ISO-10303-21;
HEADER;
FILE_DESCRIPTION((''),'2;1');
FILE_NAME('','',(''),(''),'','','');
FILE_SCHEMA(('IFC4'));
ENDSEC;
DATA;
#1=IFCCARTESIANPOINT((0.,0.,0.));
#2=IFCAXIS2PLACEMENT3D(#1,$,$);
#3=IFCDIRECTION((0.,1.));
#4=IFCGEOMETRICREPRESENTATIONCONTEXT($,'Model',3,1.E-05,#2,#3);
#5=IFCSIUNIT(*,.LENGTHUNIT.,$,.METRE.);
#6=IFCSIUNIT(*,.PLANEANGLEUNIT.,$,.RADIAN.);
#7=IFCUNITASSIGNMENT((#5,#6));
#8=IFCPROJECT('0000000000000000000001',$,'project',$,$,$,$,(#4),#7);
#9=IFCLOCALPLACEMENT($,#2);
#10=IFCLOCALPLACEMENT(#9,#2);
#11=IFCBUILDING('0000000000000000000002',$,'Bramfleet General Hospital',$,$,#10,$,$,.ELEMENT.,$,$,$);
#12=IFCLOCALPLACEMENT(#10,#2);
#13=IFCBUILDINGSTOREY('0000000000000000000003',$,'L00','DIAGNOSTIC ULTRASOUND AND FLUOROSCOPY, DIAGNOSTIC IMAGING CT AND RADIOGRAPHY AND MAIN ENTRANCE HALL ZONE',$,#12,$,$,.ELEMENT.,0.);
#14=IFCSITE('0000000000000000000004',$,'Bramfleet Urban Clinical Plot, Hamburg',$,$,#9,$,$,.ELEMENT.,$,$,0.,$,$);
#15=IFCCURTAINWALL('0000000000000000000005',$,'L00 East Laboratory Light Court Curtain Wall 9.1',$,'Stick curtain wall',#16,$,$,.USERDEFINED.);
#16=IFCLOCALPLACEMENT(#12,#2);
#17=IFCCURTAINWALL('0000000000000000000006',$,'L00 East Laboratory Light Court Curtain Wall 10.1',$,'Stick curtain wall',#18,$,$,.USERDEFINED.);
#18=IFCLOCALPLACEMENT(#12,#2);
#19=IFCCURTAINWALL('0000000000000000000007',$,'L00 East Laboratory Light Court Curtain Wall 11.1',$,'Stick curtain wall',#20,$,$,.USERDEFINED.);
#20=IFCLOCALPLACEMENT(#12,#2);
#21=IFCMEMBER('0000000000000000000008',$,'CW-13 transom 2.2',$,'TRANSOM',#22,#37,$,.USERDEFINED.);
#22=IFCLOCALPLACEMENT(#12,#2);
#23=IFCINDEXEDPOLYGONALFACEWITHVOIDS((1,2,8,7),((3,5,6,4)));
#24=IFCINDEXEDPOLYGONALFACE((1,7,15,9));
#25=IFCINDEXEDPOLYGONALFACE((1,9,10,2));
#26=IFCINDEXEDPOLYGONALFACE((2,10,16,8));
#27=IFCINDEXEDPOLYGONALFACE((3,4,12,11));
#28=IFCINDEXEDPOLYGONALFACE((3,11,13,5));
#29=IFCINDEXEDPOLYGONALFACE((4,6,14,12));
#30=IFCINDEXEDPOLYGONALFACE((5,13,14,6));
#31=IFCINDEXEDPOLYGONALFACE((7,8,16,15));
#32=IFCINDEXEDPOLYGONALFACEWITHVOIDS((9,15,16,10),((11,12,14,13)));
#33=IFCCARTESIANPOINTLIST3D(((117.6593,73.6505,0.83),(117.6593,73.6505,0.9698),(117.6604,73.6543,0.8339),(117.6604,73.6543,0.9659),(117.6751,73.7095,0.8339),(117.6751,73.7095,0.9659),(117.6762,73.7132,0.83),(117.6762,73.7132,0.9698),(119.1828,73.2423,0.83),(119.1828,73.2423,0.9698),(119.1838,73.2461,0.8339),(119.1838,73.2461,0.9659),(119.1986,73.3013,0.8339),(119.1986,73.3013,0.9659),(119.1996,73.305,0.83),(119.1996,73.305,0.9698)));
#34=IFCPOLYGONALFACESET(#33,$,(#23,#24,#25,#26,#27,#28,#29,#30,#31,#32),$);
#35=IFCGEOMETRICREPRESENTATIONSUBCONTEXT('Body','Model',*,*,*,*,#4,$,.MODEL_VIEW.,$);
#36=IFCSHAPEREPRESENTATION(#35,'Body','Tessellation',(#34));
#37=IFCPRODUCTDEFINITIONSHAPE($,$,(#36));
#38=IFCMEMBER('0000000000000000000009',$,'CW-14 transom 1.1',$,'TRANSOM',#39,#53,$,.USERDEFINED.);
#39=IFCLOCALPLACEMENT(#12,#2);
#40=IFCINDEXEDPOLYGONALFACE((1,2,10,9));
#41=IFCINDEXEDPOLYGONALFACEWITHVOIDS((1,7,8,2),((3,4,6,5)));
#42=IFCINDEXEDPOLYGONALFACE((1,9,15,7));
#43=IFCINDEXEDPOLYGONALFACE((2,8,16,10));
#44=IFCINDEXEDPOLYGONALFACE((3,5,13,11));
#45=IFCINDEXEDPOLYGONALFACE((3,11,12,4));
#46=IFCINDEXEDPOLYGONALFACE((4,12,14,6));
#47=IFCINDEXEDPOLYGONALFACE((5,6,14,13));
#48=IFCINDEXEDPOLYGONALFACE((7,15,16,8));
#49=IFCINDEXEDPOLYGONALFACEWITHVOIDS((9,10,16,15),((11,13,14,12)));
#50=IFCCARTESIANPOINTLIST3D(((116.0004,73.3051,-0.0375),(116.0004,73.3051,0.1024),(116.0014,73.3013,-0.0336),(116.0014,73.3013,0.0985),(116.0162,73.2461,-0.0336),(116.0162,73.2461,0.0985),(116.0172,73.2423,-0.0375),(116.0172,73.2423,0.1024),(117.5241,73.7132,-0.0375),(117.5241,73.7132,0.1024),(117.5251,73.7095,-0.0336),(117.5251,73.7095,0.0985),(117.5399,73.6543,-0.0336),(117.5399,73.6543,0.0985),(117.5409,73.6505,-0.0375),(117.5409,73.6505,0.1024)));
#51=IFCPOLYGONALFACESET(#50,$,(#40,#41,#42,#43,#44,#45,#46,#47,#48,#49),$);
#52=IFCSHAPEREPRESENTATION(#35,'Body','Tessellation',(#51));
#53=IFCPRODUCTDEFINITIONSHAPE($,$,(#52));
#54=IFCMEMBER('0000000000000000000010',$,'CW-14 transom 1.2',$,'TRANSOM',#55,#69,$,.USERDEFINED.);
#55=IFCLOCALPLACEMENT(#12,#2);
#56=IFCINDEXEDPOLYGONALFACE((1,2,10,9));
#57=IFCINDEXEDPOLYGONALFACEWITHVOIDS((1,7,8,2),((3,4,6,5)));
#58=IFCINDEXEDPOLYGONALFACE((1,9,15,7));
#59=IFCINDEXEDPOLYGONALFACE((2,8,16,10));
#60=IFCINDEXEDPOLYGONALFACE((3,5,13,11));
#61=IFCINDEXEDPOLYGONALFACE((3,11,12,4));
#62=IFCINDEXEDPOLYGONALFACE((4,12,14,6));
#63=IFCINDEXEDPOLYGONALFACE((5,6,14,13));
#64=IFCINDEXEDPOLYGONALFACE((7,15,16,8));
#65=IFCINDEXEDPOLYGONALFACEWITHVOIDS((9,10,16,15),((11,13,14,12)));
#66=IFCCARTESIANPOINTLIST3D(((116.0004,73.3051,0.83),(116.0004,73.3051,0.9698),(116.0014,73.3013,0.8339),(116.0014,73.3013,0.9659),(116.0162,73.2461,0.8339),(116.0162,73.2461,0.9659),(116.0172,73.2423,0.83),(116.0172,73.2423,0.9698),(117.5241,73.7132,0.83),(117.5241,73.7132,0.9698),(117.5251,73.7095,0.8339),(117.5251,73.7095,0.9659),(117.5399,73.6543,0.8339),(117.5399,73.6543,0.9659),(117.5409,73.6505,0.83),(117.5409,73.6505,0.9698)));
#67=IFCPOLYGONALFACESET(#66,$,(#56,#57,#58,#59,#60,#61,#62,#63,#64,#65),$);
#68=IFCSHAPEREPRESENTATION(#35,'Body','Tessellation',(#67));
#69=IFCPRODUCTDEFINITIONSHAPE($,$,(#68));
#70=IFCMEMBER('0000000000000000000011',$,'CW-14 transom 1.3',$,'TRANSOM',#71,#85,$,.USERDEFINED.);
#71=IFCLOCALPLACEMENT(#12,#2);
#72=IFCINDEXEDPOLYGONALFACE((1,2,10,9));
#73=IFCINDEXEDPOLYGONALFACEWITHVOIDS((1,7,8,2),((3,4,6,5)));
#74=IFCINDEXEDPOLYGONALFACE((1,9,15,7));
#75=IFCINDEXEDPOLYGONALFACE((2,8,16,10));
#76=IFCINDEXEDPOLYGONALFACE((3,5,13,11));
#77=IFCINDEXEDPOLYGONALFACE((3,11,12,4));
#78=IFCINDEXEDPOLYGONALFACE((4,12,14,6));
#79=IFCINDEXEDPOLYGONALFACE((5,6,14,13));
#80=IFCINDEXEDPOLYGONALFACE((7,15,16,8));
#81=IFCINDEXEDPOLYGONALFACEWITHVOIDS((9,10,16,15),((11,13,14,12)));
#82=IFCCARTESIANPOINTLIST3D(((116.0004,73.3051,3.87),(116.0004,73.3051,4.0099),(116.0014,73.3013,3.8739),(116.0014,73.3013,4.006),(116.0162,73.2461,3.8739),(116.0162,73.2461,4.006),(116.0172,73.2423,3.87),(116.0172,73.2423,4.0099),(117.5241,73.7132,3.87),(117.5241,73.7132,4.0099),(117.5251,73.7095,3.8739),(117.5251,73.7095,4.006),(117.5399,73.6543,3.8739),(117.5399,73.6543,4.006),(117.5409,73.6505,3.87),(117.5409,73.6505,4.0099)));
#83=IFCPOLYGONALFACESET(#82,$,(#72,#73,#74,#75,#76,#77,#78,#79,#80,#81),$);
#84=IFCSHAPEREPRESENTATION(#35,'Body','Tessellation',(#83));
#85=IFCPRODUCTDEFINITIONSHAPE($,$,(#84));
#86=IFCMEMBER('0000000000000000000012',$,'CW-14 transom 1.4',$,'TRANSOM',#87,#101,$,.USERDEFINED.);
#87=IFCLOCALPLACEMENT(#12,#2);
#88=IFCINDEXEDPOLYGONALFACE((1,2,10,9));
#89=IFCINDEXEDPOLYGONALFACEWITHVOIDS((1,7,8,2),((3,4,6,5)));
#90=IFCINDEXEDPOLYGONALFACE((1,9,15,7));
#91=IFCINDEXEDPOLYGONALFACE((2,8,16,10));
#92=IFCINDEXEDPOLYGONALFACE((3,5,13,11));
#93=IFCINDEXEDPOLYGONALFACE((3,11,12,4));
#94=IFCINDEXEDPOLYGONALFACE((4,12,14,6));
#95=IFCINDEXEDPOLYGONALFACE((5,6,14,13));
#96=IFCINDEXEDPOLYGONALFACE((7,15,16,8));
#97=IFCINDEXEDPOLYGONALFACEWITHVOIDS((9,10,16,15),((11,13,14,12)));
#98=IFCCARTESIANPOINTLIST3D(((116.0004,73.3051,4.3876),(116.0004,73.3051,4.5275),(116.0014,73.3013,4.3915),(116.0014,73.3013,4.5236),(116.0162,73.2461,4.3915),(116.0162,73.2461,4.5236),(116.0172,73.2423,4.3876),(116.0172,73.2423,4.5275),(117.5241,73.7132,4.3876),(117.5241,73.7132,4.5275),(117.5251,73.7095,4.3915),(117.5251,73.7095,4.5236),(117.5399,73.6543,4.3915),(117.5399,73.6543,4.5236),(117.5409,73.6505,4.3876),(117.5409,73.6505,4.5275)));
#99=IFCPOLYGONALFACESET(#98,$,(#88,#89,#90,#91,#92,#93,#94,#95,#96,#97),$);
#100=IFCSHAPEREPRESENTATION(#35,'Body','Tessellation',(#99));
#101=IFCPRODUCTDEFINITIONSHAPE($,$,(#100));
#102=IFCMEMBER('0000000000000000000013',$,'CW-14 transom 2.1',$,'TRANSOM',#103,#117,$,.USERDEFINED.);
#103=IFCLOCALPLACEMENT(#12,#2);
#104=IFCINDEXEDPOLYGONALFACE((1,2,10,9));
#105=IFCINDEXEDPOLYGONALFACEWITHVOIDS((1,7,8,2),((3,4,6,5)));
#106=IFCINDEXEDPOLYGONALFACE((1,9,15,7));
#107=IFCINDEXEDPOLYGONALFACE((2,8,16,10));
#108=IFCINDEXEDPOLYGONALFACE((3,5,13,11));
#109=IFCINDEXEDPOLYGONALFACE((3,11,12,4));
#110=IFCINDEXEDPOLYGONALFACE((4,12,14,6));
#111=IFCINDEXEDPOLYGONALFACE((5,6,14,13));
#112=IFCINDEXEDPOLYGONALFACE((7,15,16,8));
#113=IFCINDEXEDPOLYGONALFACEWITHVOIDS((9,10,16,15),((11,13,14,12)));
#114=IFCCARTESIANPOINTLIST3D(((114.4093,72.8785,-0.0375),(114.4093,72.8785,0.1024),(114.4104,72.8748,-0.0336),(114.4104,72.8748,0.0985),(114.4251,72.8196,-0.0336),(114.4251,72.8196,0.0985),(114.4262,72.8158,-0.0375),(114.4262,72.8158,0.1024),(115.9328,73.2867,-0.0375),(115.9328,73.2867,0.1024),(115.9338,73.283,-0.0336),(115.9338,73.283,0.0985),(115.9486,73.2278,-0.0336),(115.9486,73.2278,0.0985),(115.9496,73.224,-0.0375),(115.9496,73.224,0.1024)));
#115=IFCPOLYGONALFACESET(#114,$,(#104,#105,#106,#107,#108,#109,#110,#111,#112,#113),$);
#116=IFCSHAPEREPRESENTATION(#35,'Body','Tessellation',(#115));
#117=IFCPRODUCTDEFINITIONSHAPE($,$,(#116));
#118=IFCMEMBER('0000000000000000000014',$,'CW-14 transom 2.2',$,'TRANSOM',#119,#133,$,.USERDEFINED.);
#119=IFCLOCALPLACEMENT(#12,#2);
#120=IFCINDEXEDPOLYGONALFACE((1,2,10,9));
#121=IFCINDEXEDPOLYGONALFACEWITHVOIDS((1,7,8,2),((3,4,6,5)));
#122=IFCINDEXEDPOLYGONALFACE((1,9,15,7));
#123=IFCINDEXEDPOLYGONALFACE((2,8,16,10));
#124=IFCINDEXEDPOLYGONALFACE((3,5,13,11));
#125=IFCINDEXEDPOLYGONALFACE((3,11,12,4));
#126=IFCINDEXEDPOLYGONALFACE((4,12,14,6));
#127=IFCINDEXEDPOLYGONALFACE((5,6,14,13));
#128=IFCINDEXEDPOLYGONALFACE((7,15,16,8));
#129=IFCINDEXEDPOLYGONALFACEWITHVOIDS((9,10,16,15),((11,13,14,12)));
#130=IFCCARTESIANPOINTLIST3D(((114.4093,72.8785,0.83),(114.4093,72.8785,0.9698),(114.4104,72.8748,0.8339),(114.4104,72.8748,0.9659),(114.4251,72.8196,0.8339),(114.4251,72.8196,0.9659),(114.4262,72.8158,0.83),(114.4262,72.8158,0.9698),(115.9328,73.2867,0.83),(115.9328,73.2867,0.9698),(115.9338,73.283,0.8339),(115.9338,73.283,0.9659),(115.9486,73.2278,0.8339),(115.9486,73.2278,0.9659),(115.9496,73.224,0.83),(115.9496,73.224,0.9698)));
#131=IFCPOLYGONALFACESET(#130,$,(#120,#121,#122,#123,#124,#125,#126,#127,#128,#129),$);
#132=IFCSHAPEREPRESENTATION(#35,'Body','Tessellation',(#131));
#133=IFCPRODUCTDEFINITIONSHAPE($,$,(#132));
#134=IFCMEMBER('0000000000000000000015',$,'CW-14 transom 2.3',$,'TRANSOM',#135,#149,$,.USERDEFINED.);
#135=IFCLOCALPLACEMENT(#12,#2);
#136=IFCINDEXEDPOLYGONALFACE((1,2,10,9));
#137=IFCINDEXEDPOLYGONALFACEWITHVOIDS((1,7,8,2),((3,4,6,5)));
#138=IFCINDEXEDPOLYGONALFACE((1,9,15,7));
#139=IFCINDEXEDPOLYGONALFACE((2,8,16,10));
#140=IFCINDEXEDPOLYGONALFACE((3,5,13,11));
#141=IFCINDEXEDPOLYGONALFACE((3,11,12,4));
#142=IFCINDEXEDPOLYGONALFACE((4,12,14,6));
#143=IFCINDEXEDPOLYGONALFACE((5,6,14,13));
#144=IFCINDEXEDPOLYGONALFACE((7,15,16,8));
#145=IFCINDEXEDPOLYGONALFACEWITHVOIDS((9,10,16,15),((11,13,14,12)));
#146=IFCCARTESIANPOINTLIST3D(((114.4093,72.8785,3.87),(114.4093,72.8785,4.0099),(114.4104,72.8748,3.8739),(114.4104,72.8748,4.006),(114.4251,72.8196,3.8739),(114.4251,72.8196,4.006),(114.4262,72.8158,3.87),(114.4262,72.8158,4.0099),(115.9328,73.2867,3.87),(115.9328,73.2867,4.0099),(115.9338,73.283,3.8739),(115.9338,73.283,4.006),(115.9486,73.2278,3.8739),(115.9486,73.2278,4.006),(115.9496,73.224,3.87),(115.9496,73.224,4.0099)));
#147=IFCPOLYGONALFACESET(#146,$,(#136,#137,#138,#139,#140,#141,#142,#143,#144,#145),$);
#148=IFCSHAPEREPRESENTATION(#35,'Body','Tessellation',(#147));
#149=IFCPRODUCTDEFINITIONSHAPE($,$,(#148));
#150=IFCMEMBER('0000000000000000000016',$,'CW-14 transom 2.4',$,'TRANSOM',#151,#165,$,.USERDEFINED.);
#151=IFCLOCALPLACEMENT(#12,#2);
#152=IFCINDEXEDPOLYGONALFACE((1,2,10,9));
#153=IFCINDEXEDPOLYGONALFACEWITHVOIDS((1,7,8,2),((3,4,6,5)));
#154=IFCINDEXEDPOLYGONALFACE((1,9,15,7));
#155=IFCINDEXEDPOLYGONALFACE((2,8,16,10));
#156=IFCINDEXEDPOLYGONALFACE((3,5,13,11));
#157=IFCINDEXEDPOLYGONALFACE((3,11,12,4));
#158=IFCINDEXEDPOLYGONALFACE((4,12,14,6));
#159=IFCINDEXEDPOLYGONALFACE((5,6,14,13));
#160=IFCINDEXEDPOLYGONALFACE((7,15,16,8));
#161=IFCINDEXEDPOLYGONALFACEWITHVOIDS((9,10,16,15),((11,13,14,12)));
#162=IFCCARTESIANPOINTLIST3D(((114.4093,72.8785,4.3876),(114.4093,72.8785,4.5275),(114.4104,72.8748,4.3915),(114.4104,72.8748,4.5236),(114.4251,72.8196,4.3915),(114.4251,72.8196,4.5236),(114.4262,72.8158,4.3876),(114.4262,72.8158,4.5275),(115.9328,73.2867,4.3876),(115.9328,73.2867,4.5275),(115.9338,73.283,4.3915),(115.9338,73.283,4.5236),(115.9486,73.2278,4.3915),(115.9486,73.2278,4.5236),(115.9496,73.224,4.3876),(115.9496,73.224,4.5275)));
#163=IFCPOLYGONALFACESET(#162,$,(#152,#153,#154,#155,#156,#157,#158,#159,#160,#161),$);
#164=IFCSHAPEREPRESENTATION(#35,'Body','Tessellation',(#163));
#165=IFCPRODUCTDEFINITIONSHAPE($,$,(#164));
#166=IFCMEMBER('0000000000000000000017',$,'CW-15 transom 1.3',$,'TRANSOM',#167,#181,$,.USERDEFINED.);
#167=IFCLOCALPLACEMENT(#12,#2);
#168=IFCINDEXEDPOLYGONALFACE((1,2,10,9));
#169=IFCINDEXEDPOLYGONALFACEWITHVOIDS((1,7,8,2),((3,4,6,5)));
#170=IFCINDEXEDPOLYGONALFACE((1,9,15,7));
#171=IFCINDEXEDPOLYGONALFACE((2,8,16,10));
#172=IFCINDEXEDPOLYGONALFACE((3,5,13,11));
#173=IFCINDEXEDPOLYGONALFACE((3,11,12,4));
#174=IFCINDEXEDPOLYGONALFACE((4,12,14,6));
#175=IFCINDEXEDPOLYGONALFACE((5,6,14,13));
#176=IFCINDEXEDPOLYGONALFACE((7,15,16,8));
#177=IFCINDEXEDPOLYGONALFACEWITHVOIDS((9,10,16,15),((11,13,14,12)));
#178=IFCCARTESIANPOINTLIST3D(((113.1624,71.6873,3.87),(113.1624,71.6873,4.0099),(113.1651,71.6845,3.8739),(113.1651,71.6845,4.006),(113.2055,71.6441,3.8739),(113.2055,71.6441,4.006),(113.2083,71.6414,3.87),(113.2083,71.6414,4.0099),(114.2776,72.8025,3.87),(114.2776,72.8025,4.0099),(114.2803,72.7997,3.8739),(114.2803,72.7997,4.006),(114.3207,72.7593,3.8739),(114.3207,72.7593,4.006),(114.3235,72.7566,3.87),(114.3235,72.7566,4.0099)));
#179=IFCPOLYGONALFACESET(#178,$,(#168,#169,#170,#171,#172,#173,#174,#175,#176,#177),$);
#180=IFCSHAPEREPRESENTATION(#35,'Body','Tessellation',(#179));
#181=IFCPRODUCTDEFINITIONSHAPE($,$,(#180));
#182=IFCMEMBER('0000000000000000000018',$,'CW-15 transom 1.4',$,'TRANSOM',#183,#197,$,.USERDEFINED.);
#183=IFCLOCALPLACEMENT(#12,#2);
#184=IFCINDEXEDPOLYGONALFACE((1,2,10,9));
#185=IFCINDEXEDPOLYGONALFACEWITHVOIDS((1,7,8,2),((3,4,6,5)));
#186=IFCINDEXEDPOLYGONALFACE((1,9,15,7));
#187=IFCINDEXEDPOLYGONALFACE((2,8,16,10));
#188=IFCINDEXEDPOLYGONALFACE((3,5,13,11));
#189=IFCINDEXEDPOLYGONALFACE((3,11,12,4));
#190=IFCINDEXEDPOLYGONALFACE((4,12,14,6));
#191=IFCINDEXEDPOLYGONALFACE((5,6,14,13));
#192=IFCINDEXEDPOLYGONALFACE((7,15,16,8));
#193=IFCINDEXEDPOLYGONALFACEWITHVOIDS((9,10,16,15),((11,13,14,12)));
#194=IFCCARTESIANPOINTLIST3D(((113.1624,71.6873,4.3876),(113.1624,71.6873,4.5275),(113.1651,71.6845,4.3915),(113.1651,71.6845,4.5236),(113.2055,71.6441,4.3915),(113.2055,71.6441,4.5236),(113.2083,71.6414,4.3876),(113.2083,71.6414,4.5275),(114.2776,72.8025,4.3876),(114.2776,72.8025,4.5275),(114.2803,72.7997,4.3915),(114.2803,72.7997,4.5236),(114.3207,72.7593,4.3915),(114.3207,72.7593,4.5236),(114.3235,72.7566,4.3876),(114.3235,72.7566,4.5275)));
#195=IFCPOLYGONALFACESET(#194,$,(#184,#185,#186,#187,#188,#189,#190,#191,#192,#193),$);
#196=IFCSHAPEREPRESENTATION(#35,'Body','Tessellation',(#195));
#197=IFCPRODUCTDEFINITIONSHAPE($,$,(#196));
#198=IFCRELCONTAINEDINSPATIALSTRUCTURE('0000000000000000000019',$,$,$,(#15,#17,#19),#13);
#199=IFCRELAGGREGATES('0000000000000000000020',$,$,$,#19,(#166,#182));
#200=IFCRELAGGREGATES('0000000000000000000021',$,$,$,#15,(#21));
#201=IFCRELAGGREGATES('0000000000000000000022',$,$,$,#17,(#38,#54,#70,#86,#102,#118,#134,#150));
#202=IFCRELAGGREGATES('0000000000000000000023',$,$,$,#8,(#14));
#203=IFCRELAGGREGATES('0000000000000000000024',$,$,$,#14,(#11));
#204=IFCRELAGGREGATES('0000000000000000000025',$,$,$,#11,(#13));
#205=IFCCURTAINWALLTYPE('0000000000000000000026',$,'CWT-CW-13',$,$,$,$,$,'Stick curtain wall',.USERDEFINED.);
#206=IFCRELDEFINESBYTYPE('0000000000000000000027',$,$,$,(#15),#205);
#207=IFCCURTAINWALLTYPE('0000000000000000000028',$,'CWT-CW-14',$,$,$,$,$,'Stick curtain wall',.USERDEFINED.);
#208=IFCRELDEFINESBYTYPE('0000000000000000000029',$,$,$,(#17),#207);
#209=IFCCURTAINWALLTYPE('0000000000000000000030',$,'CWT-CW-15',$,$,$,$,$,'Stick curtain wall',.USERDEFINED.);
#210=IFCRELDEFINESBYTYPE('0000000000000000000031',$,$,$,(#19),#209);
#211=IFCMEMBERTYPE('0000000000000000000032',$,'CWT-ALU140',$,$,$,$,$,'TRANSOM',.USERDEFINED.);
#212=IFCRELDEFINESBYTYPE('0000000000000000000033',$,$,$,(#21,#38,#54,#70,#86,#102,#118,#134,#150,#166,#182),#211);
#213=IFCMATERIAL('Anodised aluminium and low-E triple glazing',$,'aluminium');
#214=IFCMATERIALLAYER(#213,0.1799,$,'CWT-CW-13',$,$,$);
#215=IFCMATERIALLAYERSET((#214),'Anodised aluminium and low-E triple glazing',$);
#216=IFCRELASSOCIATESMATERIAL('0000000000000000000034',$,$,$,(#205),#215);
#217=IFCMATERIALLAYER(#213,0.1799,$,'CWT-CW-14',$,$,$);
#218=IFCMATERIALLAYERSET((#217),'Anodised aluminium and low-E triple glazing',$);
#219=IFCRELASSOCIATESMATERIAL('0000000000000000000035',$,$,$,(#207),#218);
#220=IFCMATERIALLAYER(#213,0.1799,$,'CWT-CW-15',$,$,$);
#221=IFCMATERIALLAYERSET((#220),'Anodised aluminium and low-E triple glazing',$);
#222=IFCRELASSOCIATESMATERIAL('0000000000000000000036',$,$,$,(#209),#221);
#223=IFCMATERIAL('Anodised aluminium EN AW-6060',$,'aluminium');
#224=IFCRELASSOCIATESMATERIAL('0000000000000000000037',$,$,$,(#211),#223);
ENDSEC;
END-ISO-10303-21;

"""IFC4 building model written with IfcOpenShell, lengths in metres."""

from ifc_helpers import new_model, si_unit, direction, frame, origin, origin_2d, place, context, subcontext, project, spatial, hollow_rectangle, extrude, material, layer, layer_set, material_profile, profile_set, type_object, element, aggregate, save


model = new_model("IFC4")

# Units and contexts
model_context = context("Model", 3, precision=1e-05, world=origin(), true_north=direction((0.0, 1.0)))
body_context = subcontext(model_context, "Body", "Model", "MODEL_VIEW")
ifc_project = project(units=[si_unit("LENGTHUNIT", "METRE"), si_unit("PLANEANGLEUNIT", "RADIAN")], contexts=[model_context])

# Site, building, storey
site_placement = place(None, origin())
site = spatial("IfcSite", under=ifc_project, at=site_placement, Name="Bramfleet Urban Clinical Plot, Hamburg", CompositionType="ELEMENT", RefElevation=0.0)
building_placement = place(site_placement, origin())
building = spatial("IfcBuilding", under=site, at=building_placement, Name="Bramfleet General Hospital", CompositionType="ELEMENT")
storey_placement = place(building_placement, origin())
storey = spatial("IfcBuildingStorey", under=building, at=storey_placement, Name="L00", Description="DIAGNOSTIC ULTRASOUND AND FLUOROSCOPY, DIAGNOSTIC IMAGING CT AND RADIOGRAPHY AND MAIN ENTRANCE HALL ZONE", CompositionType="ELEMENT", Elevation=0.0)

# Curtain wall
ifc_material_1 = material(Name="Anodised aluminium and low-E triple glazing", Category="aluminium")
ifc_layer_1 = layer(ifc_material_1, 0.1799, Name="CWT-CW-13")
ifc_layer_set_1 = layer_set([ifc_layer_1], Name="Anodised aluminium and low-E triple glazing")
curtain_wall_type_1 = type_object("IfcCurtainWallType", Name="CWT-CW-13", ElementType="Stick curtain wall", PredefinedType="USERDEFINED", material=ifc_layer_set_1)
curtain_wall_1_placement = place(storey_placement, origin())
curtain_wall_1 = element("IfcCurtainWall", 1, at=curtain_wall_1_placement, inside=storey, type_object=curtain_wall_type_1, Name="L00 East Laboratory Light Court Curtain Wall 9.1", ObjectType="Stick curtain wall", PredefinedType="USERDEFINED")
ifc_material_2 = material(Name="Anodised aluminium EN AW-6060", Category="aluminium")

# Curtain wall
ifc_layer_2 = layer(ifc_material_1, 0.1799, Name="CWT-CW-14")
ifc_layer_set_2 = layer_set([ifc_layer_2], Name="Anodised aluminium and low-E triple glazing")
curtain_wall_type_2 = type_object("IfcCurtainWallType", Name="CWT-CW-14", ElementType="Stick curtain wall", PredefinedType="USERDEFINED", material=ifc_layer_set_2)
curtain_wall_2_placement = place(storey_placement, origin())
curtain_wall_2 = element("IfcCurtainWall", 2, at=curtain_wall_2_placement, inside=storey, type_object=curtain_wall_type_2, Name="L00 East Laboratory Light Court Curtain Wall 10.1", ObjectType="Stick curtain wall", PredefinedType="USERDEFINED")

# Curtain wall
ifc_layer_3 = layer(ifc_material_1, 0.1799, Name="CWT-CW-15")
ifc_layer_set_3 = layer_set([ifc_layer_3], Name="Anodised aluminium and low-E triple glazing")
curtain_wall_type_3 = type_object("IfcCurtainWallType", Name="CWT-CW-15", ElementType="Stick curtain wall", PredefinedType="USERDEFINED", material=ifc_layer_set_3)
curtain_wall_3_placement = place(storey_placement, origin())
curtain_wall_3 = element("IfcCurtainWall", 3, at=curtain_wall_3_placement, inside=storey, type_object=curtain_wall_type_3, Name="L00 East Laboratory Light Court Curtain Wall 11.1", ObjectType="Stick curtain wall", PredefinedType="USERDEFINED")

# Members
ifc_material_profile_1 = material_profile(ifc_material_2, hollow_rectangle(XDim=0.0649, YDim=0.1399, WallThickness=0.0039, at=origin_2d()), Name="ALU 140x65x4.0")
ifc_profile_set_1 = profile_set([ifc_material_profile_1], Name="Anodised aluminium EN AW-6060")
member_type_1 = type_object("IfcMemberType", Name="CWT-ALU140", ElementType="TRANSOM", PredefinedType="USERDEFINED", material=ifc_profile_set_1)
member_1_placement = place(storey_placement, frame((119.1912, 73.2737, 0.8999), z_axis=(-0.965926, 0.258819, 0.0), x_axis=(-0.258819, -0.965926, 0.0)))
member_1 = element("IfcMember", 4, at=member_1_placement, type_object=member_type_1, Name="CW-13 transom 2.2", ObjectType="TRANSOM", PredefinedType="USERDEFINED", context=body_context, shape_type="SweptSolid", body=[
    extrude(hollow_rectangle(XDim=0.0649, YDim=0.1399, WallThickness=0.0039, at=origin_2d()), origin(), (0.0, 0.0, 1.0), 1.5771),
])
member_2_placement = place(storey_placement, frame((117.5325, 73.6819, 0.0325), z_axis=(-0.965936, -0.25878, 0.0), x_axis=(0.25878, -0.965936, 0.0)))
member_2 = element("IfcMember", 5, at=member_2_placement, type_object=member_type_1, Name="CW-14 transom 1.1", ObjectType="TRANSOM", PredefinedType="USERDEFINED", context=body_context, shape_type="SweptSolid", body=[
    extrude(hollow_rectangle(XDim=0.0649, YDim=0.1399, WallThickness=0.0039, at=origin_2d()), origin(), (0.0, 0.0, 1.0), 1.5774),
])
member_3_placement = place(storey_placement, frame((117.5325, 73.6819, 0.8999), z_axis=(-0.965936, -0.25878, 0.0), x_axis=(0.25878, -0.965936, 0.0)))
member_3 = element("IfcMember", 6, at=member_3_placement, type_object=member_type_1, Name="CW-14 transom 1.2", ObjectType="TRANSOM", PredefinedType="USERDEFINED", context=body_context, shape_type="SweptSolid", body=[
    extrude(hollow_rectangle(XDim=0.0649, YDim=0.1399, WallThickness=0.0039, at=origin_2d()), origin(), (0.0, 0.0, 1.0), 1.5774),
])
member_4_placement = place(storey_placement, frame((117.5325, 73.6819, 3.9399), z_axis=(-0.965936, -0.25878, 0.0), x_axis=(0.25878, -0.965936, 0.0)))
member_4 = element("IfcMember", 7, at=member_4_placement, type_object=member_type_1, Name="CW-14 transom 1.3", ObjectType="TRANSOM", PredefinedType="USERDEFINED", context=body_context, shape_type="SweptSolid", body=[
    extrude(hollow_rectangle(XDim=0.0649, YDim=0.1399, WallThickness=0.0039, at=origin_2d()), origin(), (0.0, 0.0, 1.0), 1.5774),
])
member_5_placement = place(storey_placement, frame((117.5325, 73.6819, 4.4575), z_axis=(-0.965936, -0.25878, 0.0), x_axis=(0.25878, -0.965936, 0.0)))
member_5 = element("IfcMember", 8, at=member_5_placement, type_object=member_type_1, Name="CW-14 transom 1.4", ObjectType="TRANSOM", PredefinedType="USERDEFINED", context=body_context, shape_type="SweptSolid", body=[
    extrude(hollow_rectangle(XDim=0.0649, YDim=0.1399, WallThickness=0.0039, at=origin_2d()), origin(), (0.0, 0.0, 1.0), 1.5774),
])
member_6_placement = place(storey_placement, frame((115.9412, 73.2554, 0.0325), z_axis=(-0.965926, -0.258819, 0.0), x_axis=(0.258819, -0.965926, 0.0)))
member_6 = element("IfcMember", 9, at=member_6_placement, type_object=member_type_1, Name="CW-14 transom 2.1", ObjectType="TRANSOM", PredefinedType="USERDEFINED", context=body_context, shape_type="SweptSolid", body=[
    extrude(hollow_rectangle(XDim=0.0649, YDim=0.1399, WallThickness=0.0039, at=origin_2d()), origin(), (0.0, 0.0, 1.0), 1.5771),
])
member_7_placement = place(storey_placement, frame((115.9412, 73.2554, 0.8999), z_axis=(-0.965926, -0.258819, 0.0), x_axis=(0.258819, -0.965926, 0.0)))
member_7 = element("IfcMember", 10, at=member_7_placement, type_object=member_type_1, Name="CW-14 transom 2.2", ObjectType="TRANSOM", PredefinedType="USERDEFINED", context=body_context, shape_type="SweptSolid", body=[
    extrude(hollow_rectangle(XDim=0.0649, YDim=0.1399, WallThickness=0.0039, at=origin_2d()), origin(), (0.0, 0.0, 1.0), 1.5771),
])
member_8_placement = place(storey_placement, frame((115.9412, 73.2554, 3.9399), z_axis=(-0.965926, -0.258819, 0.0), x_axis=(0.258819, -0.965926, 0.0)))
member_8 = element("IfcMember", 11, at=member_8_placement, type_object=member_type_1, Name="CW-14 transom 2.3", ObjectType="TRANSOM", PredefinedType="USERDEFINED", context=body_context, shape_type="SweptSolid", body=[
    extrude(hollow_rectangle(XDim=0.0649, YDim=0.1399, WallThickness=0.0039, at=origin_2d()), origin(), (0.0, 0.0, 1.0), 1.5771),
])
member_9_placement = place(storey_placement, frame((115.9412, 73.2554, 4.4575), z_axis=(-0.965926, -0.258819, 0.0), x_axis=(0.258819, -0.965926, 0.0)))
member_9 = element("IfcMember", 12, at=member_9_placement, type_object=member_type_1, Name="CW-14 transom 2.4", ObjectType="TRANSOM", PredefinedType="USERDEFINED", context=body_context, shape_type="SweptSolid", body=[
    extrude(hollow_rectangle(XDim=0.0649, YDim=0.1399, WallThickness=0.0039, at=origin_2d()), origin(), (0.0, 0.0, 1.0), 1.5771),
])
member_10_placement = place(storey_placement, frame((114.3005, 72.7795, 3.9399), z_axis=(-0.707107, -0.707107, 0.0), x_axis=(0.707107, -0.707107, 0.0)))
member_10 = element("IfcMember", 13, at=member_10_placement, type_object=member_type_1, Name="CW-15 transom 1.3", ObjectType="TRANSOM", PredefinedType="USERDEFINED", context=body_context, shape_type="SweptSolid", body=[
    extrude(hollow_rectangle(XDim=0.0649, YDim=0.1399, WallThickness=0.0039, at=origin_2d()), origin(), (0.0, 0.0, 1.0), 1.5771),
])
member_11_placement = place(storey_placement, frame((114.3005, 72.7795, 4.4575), z_axis=(-0.707107, -0.707107, 0.0), x_axis=(0.707107, -0.707107, 0.0)))
member_11 = element("IfcMember", 14, at=member_11_placement, type_object=member_type_1, Name="CW-15 transom 1.4", ObjectType="TRANSOM", PredefinedType="USERDEFINED", context=body_context, shape_type="SweptSolid", body=[
    extrude(hollow_rectangle(XDim=0.0649, YDim=0.1399, WallThickness=0.0039, at=origin_2d()), origin(), (0.0, 0.0, 1.0), 1.5771),
])
aggregate(curtain_wall_3, [member_10, member_11])

aggregate(curtain_wall_1, [member_1])
aggregate(curtain_wall_2, [member_2, member_3, member_4, member_5, member_6, member_7, member_8, member_9])

save(model, "model.ifc")
